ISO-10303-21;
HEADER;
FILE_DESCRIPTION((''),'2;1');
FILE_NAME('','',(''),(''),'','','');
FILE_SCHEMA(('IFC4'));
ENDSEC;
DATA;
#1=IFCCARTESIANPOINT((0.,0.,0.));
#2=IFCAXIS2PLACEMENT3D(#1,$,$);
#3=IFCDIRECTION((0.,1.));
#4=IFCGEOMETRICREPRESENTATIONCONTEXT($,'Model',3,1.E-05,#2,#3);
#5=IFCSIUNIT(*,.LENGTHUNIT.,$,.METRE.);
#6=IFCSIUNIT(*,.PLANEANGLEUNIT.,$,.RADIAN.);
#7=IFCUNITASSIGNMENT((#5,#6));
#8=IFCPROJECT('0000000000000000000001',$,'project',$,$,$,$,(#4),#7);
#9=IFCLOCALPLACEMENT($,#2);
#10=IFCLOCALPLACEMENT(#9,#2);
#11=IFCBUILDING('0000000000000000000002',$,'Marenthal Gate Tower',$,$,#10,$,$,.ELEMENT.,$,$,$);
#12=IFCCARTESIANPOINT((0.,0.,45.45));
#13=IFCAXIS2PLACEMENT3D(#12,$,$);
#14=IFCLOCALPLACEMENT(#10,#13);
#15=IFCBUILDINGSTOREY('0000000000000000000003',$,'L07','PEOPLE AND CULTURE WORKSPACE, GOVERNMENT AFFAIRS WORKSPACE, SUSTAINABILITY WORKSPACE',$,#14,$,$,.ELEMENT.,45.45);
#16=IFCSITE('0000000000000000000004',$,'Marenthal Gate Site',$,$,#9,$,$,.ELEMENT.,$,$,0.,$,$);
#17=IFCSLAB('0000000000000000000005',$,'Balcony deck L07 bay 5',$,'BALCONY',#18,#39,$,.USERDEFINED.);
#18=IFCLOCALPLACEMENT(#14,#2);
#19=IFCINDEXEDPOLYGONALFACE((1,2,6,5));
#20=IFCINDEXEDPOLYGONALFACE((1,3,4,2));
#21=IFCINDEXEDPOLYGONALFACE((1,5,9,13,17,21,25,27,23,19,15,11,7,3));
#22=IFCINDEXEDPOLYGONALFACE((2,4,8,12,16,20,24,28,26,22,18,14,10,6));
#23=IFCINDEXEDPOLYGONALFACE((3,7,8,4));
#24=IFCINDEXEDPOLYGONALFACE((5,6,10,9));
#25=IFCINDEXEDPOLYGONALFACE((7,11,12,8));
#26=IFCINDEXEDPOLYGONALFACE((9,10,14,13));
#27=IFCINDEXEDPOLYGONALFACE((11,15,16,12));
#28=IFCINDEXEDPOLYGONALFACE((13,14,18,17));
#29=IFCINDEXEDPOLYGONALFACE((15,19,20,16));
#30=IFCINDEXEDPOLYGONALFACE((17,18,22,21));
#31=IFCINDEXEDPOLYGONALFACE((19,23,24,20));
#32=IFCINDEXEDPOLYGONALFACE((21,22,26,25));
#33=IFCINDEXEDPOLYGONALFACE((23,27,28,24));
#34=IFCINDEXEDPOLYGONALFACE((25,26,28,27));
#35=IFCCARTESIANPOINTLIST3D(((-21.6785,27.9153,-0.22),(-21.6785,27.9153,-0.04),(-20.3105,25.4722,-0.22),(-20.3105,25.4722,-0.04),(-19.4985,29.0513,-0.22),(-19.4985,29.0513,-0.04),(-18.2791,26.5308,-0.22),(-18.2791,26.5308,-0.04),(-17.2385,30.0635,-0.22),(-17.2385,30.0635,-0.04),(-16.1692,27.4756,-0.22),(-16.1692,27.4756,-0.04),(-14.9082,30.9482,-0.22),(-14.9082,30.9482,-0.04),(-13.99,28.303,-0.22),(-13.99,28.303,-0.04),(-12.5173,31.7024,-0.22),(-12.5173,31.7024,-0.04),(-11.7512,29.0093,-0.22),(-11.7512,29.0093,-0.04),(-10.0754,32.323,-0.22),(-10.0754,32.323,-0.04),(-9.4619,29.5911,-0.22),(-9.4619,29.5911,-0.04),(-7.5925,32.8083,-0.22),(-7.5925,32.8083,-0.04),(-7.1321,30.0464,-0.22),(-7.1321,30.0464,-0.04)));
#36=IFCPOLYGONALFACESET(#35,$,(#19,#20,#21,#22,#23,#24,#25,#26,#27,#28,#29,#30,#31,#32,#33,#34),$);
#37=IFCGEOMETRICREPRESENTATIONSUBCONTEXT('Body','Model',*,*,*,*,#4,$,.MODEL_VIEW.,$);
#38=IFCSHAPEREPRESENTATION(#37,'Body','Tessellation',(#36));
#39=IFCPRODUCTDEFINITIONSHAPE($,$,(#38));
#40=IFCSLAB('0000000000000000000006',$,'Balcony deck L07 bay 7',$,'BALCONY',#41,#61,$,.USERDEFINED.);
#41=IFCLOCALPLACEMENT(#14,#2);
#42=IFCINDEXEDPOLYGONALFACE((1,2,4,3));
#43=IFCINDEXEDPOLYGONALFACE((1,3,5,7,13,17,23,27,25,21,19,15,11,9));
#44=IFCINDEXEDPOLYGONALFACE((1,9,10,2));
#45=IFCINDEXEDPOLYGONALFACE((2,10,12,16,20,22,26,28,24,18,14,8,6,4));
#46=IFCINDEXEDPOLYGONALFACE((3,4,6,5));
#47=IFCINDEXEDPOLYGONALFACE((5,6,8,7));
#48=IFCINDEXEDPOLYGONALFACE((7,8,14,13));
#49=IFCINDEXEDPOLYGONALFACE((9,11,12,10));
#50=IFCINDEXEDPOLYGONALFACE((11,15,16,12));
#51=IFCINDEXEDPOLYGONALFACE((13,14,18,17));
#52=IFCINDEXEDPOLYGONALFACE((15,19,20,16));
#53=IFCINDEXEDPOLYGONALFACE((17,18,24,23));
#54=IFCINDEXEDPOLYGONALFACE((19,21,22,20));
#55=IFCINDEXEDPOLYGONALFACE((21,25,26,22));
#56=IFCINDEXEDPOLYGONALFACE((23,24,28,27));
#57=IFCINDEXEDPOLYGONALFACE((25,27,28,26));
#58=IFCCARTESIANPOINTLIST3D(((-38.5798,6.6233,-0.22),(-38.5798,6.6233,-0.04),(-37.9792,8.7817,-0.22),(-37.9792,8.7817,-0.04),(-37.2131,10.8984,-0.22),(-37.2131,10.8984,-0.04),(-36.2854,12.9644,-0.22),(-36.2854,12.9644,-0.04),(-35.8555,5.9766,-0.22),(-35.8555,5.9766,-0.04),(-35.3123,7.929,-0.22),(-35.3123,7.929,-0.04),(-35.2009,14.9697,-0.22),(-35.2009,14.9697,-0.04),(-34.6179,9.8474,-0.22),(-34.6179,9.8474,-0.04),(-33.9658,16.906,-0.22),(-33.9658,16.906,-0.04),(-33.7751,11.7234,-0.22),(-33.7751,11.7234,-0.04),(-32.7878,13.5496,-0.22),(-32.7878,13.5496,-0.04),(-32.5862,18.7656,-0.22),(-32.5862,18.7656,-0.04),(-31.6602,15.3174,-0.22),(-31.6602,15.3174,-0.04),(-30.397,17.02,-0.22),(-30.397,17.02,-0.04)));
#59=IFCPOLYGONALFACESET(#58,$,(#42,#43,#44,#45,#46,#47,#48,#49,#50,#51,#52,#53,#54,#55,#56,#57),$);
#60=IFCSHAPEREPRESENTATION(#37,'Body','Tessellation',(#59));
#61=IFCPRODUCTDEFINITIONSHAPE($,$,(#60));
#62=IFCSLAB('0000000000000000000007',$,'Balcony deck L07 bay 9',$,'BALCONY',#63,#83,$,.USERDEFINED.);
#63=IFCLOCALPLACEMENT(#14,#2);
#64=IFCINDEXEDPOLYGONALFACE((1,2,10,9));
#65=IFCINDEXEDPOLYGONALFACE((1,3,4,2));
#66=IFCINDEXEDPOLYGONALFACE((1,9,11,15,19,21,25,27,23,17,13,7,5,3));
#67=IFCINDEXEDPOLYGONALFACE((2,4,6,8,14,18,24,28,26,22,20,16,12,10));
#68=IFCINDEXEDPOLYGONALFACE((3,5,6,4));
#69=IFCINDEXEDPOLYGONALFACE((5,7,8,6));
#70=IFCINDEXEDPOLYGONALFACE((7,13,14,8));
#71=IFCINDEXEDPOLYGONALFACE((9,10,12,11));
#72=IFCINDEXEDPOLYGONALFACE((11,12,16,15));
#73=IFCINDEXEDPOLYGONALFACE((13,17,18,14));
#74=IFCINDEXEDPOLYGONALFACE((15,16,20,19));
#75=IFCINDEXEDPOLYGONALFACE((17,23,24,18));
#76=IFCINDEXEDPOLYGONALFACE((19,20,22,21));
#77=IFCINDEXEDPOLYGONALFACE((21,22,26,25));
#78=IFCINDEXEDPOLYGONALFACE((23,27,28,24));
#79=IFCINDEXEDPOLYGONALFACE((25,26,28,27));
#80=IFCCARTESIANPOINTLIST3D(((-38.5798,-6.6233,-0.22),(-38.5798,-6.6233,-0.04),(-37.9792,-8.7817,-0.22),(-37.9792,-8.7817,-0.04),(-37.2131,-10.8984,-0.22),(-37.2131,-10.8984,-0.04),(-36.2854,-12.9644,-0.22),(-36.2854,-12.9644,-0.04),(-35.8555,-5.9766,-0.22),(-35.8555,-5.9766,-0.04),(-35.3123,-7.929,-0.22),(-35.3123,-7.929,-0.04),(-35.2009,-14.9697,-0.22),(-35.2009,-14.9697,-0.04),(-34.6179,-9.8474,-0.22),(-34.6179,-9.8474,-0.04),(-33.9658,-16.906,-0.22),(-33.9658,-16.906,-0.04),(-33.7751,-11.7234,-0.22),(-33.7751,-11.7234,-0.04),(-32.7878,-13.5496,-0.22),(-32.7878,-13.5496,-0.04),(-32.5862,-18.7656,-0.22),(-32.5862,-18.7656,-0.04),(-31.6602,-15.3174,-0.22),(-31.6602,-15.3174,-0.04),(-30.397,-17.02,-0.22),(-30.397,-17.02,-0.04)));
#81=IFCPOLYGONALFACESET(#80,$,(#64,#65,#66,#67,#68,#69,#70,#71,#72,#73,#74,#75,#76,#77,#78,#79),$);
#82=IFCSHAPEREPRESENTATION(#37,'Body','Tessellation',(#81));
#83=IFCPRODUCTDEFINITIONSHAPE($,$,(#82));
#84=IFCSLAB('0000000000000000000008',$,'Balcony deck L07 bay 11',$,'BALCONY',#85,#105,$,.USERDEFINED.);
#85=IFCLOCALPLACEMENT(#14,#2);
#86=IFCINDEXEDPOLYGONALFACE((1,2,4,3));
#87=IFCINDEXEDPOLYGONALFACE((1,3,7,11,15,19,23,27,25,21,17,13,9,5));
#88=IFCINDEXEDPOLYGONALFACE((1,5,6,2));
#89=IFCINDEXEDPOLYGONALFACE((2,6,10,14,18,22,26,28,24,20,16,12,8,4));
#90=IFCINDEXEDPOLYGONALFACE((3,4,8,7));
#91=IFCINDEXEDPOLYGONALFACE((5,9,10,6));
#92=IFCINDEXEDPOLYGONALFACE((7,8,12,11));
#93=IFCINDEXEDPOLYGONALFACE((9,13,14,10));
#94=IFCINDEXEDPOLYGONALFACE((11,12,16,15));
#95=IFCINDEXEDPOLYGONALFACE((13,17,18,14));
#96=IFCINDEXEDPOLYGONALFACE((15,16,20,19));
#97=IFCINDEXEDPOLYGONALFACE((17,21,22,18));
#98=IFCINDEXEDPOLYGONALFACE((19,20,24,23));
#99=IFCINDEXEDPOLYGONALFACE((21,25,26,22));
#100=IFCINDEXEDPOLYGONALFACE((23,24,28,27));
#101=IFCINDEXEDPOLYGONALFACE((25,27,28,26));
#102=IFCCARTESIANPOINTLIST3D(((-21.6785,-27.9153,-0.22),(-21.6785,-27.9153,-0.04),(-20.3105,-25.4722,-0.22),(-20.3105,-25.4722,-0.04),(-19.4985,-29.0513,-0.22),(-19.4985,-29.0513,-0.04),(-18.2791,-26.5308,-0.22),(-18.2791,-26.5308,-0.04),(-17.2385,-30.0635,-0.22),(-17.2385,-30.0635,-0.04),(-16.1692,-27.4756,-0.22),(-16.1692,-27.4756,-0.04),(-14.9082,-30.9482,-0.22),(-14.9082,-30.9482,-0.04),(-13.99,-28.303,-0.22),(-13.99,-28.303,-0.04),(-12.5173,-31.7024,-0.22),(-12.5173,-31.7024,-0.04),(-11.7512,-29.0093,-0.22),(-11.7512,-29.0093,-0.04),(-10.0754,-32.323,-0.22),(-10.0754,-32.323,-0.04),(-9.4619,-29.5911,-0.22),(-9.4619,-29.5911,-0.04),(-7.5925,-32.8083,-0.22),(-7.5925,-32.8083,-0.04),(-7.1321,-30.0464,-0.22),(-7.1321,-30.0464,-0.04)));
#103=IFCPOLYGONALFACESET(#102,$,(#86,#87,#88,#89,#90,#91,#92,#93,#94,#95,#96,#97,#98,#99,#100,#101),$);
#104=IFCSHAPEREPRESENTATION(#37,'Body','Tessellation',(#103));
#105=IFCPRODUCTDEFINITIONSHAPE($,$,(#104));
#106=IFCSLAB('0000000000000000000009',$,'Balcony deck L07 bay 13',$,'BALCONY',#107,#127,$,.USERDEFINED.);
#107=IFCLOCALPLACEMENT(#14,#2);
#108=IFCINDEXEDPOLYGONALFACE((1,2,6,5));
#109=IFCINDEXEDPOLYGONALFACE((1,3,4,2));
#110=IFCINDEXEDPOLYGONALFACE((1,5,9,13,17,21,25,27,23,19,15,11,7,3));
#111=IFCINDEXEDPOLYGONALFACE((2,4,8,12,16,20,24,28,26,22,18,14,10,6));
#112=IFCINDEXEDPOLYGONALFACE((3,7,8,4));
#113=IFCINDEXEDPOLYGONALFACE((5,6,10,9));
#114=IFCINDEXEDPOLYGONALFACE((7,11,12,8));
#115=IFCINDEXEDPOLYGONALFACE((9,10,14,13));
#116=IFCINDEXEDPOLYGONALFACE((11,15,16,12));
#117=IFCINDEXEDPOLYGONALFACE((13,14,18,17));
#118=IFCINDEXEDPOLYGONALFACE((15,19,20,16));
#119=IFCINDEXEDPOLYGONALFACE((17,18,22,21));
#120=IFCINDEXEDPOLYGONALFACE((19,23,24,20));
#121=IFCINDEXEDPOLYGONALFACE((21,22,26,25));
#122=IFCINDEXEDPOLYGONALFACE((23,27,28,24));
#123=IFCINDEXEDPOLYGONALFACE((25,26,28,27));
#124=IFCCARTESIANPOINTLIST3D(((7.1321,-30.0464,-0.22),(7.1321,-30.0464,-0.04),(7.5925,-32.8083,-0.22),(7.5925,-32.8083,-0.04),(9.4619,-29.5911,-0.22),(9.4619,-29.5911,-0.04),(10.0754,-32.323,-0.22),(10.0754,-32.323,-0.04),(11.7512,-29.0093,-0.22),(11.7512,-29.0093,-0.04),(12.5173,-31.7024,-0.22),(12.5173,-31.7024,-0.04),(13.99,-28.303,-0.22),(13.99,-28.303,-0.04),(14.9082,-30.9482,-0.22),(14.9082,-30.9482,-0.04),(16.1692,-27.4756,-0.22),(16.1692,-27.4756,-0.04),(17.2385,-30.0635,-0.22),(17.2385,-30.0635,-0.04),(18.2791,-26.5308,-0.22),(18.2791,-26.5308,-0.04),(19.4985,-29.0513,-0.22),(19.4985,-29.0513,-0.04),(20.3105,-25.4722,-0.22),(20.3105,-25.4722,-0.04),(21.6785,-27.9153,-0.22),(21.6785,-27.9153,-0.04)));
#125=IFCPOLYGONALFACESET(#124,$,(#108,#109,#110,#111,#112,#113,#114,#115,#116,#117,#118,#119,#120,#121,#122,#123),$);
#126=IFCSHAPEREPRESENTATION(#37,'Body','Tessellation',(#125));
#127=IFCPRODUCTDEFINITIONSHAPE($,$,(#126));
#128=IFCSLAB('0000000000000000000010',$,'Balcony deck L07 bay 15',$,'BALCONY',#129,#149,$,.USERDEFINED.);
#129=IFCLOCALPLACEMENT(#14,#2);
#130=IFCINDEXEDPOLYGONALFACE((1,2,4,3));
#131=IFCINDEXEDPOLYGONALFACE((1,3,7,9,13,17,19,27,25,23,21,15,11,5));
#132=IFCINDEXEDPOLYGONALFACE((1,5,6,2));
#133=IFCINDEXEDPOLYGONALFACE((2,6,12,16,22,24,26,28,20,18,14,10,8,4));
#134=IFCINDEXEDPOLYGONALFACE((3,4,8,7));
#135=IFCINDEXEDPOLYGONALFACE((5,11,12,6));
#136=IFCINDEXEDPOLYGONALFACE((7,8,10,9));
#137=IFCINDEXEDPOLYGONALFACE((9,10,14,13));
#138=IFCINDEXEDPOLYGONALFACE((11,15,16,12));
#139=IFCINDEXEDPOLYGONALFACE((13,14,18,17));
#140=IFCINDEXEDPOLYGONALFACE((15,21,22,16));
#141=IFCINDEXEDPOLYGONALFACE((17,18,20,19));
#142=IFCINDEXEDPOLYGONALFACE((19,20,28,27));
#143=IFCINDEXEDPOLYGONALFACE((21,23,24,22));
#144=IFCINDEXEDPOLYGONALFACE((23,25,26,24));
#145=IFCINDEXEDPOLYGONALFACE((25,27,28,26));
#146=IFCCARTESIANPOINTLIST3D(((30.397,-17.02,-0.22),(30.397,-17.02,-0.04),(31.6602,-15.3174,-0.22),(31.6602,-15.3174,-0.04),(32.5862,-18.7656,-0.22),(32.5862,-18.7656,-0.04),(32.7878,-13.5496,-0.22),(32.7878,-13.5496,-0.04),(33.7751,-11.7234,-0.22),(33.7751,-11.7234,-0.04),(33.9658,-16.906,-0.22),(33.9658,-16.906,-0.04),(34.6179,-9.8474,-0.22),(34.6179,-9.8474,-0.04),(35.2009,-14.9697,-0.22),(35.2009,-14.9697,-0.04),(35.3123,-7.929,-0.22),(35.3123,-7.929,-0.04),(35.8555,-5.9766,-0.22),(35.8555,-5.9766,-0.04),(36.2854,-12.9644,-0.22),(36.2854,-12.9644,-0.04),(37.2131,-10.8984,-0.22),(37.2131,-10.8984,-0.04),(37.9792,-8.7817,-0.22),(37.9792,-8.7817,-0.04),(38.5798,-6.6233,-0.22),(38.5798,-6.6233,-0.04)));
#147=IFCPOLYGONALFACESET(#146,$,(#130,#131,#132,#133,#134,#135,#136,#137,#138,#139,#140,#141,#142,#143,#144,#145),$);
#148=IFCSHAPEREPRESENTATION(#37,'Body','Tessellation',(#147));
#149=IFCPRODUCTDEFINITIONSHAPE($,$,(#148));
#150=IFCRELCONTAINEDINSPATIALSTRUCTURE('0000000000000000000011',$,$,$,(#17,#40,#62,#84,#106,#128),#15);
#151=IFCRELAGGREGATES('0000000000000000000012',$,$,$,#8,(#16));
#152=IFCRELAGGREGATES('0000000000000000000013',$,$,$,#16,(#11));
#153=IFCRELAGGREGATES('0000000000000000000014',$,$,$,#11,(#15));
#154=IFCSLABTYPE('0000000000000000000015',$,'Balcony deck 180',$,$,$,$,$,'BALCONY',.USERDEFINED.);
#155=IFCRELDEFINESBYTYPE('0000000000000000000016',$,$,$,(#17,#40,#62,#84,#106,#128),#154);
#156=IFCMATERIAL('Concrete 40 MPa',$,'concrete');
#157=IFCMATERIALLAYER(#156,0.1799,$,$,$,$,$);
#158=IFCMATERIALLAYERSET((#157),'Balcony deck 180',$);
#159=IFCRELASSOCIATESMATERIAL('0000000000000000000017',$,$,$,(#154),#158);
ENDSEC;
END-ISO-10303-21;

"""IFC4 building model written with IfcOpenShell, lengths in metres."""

from ifc_helpers import new_model, si_unit, direction, frame, origin, place, context, subcontext, project, spatial, polyline, outline, extrude, material, layer, layer_set, type_object, element, save


model = new_model("IFC4")

# Units and contexts
model_context = context("Model", 3, precision=1e-05, world=origin(), true_north=direction((0.0, 1.0)))
body_context = subcontext(model_context, "Body", "Model", "MODEL_VIEW")
ifc_project = project(units=[si_unit("LENGTHUNIT", "METRE"), si_unit("PLANEANGLEUNIT", "RADIAN")], contexts=[model_context])

# Site, building, storey
site_placement = place(None, origin())
site = spatial("IfcSite", under=ifc_project, at=site_placement, Name="Marenthal Gate Site", CompositionType="ELEMENT", RefElevation=0.0)
building_placement = place(site_placement, origin())
building = spatial("IfcBuilding", under=site, at=building_placement, Name="Marenthal Gate Tower", CompositionType="ELEMENT")
storey_placement = place(building_placement, frame((0.0, 0.0, 45.45)))
storey = spatial("IfcBuildingStorey", under=building, at=storey_placement, Name="L07", Description="PEOPLE AND CULTURE WORKSPACE, GOVERNMENT AFFAIRS WORKSPACE, SUSTAINABILITY WORKSPACE", CompositionType="ELEMENT", Elevation=45.45)

# Slabs
ifc_material_1 = material(Name="Concrete 40 MPa", Category="concrete")
ifc_layer_1 = layer(ifc_material_1, 0.1799)
ifc_layer_set_1 = layer_set([ifc_layer_1], Name="Balcony deck 180")
slab_type_1 = type_object("IfcSlabType", Name="Balcony deck 180", ElementType="BALCONY", PredefinedType="USERDEFINED", material=ifc_layer_set_1)
slab_1_placement = place(storey_placement, frame((0.0, 0.0, -0.22)))
element("IfcSlab", 1, at=slab_1_placement, inside=storey, type_object=slab_type_1, Name="Balcony deck L07 bay 5", ObjectType="BALCONY", PredefinedType="USERDEFINED", context=body_context, shape_type="SweptSolid", body=[
    extrude(outline(polyline([(-7.1321, 30.0464), (-9.4619, 29.5911), (-11.7512, 29.0093), (-13.99, 28.303), (-16.1692, 27.4756), (-18.2791, 26.5308), (-20.3105, 25.4722), (-21.6785, 27.9153), (-19.4985, 29.0513), (-17.2385, 30.0635), (-14.9082, 30.9482), (-12.5173, 31.7024), (-10.0754, 32.323), (-7.5925, 32.8083), (-7.1321, 30.0464)])), origin(), (0.0, 0.0, 1.0), 0.1799),
])
slab_2_placement = place(storey_placement, frame((0.0, 0.0, -0.22)))
element("IfcSlab", 2, at=slab_2_placement, inside=storey, type_object=slab_type_1, Name="Balcony deck L07 bay 7", ObjectType="BALCONY", PredefinedType="USERDEFINED", context=body_context, shape_type="SweptSolid", body=[
    extrude(outline(polyline([(-30.397, 17.02), (-31.6602, 15.3174), (-32.7878, 13.5496), (-33.7751, 11.7234), (-34.6179, 9.8474), (-35.3123, 7.929), (-35.8555, 5.9766), (-38.5798, 6.6233), (-37.9792, 8.7817), (-37.2131, 10.8984), (-36.2854, 12.9644), (-35.2009, 14.9697), (-33.9658, 16.906), (-32.5862, 18.7656), (-30.397, 17.02)])), origin(), (0.0, 0.0, 1.0), 0.1799),
])
slab_3_placement = place(storey_placement, frame((0.0, 0.0, -0.22)))
element("IfcSlab", 3, at=slab_3_placement, inside=storey, type_object=slab_type_1, Name="Balcony deck L07 bay 9", ObjectType="BALCONY", PredefinedType="USERDEFINED", context=body_context, shape_type="SweptSolid", body=[
    extrude(outline(polyline([(-35.8555, -5.9766), (-35.3123, -7.929), (-34.6179, -9.8474), (-33.7751, -11.7234), (-32.7878, -13.5496), (-31.6602, -15.3174), (-30.397, -17.02), (-32.5862, -18.7656), (-33.9658, -16.906), (-35.2009, -14.9697), (-36.2854, -12.9644), (-37.2131, -10.8984), (-37.9792, -8.7817), (-38.5798, -6.6233), (-35.8555, -5.9766)])), origin(), (0.0, 0.0, 1.0), 0.1799),
])
slab_4_placement = place(storey_placement, frame((0.0, 0.0, -0.22)))
element("IfcSlab", 4, at=slab_4_placement, inside=storey, type_object=slab_type_1, Name="Balcony deck L07 bay 11", ObjectType="BALCONY", PredefinedType="USERDEFINED", context=body_context, shape_type="SweptSolid", body=[
    extrude(outline(polyline([(-20.3105, -25.4722), (-18.2791, -26.5308), (-16.1692, -27.4756), (-13.99, -28.303), (-11.7512, -29.0093), (-9.4619, -29.5911), (-7.1321, -30.0464), (-7.5925, -32.8083), (-10.0754, -32.323), (-12.5173, -31.7024), (-14.9082, -30.9482), (-17.2385, -30.0635), (-19.4985, -29.0513), (-21.6785, -27.9153), (-20.3105, -25.4722)])), origin(), (0.0, 0.0, 1.0), 0.1799),
])
slab_5_placement = place(storey_placement, frame((0.0, 0.0, -0.22)))
element("IfcSlab", 5, at=slab_5_placement, inside=storey, type_object=slab_type_1, Name="Balcony deck L07 bay 13", ObjectType="BALCONY", PredefinedType="USERDEFINED", context=body_context, shape_type="SweptSolid", body=[
    extrude(outline(polyline([(7.1321, -30.0464), (9.4619, -29.5911), (11.7512, -29.0093), (13.99, -28.303), (16.1692, -27.4756), (18.2791, -26.5308), (20.3105, -25.4722), (21.6785, -27.9153), (19.4985, -29.0513), (17.2385, -30.0635), (14.9082, -30.9482), (12.5173, -31.7024), (10.0754, -32.323), (7.5925, -32.8083), (7.1321, -30.0464)])), origin(), (0.0, 0.0, 1.0), 0.1799),
])
slab_6_placement = place(storey_placement, frame((0.0, 0.0, -0.22)))
element("IfcSlab", 6, at=slab_6_placement, inside=storey, type_object=slab_type_1, Name="Balcony deck L07 bay 15", ObjectType="BALCONY", PredefinedType="USERDEFINED", context=body_context, shape_type="SweptSolid", body=[
    extrude(outline(polyline([(30.397, -17.02), (31.6602, -15.3174), (32.7878, -13.5496), (33.7751, -11.7234), (34.6179, -9.8474), (35.3123, -7.929), (35.8555, -5.9766), (38.5798, -6.6233), (37.9792, -8.7817), (37.2131, -10.8984), (36.2854, -12.9644), (35.2009, -14.9697), (33.9658, -16.906), (32.5862, -18.7656), (30.397, -17.02)])), origin(), (0.0, 0.0, 1.0), 0.1799),
])

save(model, "model.ifc")
